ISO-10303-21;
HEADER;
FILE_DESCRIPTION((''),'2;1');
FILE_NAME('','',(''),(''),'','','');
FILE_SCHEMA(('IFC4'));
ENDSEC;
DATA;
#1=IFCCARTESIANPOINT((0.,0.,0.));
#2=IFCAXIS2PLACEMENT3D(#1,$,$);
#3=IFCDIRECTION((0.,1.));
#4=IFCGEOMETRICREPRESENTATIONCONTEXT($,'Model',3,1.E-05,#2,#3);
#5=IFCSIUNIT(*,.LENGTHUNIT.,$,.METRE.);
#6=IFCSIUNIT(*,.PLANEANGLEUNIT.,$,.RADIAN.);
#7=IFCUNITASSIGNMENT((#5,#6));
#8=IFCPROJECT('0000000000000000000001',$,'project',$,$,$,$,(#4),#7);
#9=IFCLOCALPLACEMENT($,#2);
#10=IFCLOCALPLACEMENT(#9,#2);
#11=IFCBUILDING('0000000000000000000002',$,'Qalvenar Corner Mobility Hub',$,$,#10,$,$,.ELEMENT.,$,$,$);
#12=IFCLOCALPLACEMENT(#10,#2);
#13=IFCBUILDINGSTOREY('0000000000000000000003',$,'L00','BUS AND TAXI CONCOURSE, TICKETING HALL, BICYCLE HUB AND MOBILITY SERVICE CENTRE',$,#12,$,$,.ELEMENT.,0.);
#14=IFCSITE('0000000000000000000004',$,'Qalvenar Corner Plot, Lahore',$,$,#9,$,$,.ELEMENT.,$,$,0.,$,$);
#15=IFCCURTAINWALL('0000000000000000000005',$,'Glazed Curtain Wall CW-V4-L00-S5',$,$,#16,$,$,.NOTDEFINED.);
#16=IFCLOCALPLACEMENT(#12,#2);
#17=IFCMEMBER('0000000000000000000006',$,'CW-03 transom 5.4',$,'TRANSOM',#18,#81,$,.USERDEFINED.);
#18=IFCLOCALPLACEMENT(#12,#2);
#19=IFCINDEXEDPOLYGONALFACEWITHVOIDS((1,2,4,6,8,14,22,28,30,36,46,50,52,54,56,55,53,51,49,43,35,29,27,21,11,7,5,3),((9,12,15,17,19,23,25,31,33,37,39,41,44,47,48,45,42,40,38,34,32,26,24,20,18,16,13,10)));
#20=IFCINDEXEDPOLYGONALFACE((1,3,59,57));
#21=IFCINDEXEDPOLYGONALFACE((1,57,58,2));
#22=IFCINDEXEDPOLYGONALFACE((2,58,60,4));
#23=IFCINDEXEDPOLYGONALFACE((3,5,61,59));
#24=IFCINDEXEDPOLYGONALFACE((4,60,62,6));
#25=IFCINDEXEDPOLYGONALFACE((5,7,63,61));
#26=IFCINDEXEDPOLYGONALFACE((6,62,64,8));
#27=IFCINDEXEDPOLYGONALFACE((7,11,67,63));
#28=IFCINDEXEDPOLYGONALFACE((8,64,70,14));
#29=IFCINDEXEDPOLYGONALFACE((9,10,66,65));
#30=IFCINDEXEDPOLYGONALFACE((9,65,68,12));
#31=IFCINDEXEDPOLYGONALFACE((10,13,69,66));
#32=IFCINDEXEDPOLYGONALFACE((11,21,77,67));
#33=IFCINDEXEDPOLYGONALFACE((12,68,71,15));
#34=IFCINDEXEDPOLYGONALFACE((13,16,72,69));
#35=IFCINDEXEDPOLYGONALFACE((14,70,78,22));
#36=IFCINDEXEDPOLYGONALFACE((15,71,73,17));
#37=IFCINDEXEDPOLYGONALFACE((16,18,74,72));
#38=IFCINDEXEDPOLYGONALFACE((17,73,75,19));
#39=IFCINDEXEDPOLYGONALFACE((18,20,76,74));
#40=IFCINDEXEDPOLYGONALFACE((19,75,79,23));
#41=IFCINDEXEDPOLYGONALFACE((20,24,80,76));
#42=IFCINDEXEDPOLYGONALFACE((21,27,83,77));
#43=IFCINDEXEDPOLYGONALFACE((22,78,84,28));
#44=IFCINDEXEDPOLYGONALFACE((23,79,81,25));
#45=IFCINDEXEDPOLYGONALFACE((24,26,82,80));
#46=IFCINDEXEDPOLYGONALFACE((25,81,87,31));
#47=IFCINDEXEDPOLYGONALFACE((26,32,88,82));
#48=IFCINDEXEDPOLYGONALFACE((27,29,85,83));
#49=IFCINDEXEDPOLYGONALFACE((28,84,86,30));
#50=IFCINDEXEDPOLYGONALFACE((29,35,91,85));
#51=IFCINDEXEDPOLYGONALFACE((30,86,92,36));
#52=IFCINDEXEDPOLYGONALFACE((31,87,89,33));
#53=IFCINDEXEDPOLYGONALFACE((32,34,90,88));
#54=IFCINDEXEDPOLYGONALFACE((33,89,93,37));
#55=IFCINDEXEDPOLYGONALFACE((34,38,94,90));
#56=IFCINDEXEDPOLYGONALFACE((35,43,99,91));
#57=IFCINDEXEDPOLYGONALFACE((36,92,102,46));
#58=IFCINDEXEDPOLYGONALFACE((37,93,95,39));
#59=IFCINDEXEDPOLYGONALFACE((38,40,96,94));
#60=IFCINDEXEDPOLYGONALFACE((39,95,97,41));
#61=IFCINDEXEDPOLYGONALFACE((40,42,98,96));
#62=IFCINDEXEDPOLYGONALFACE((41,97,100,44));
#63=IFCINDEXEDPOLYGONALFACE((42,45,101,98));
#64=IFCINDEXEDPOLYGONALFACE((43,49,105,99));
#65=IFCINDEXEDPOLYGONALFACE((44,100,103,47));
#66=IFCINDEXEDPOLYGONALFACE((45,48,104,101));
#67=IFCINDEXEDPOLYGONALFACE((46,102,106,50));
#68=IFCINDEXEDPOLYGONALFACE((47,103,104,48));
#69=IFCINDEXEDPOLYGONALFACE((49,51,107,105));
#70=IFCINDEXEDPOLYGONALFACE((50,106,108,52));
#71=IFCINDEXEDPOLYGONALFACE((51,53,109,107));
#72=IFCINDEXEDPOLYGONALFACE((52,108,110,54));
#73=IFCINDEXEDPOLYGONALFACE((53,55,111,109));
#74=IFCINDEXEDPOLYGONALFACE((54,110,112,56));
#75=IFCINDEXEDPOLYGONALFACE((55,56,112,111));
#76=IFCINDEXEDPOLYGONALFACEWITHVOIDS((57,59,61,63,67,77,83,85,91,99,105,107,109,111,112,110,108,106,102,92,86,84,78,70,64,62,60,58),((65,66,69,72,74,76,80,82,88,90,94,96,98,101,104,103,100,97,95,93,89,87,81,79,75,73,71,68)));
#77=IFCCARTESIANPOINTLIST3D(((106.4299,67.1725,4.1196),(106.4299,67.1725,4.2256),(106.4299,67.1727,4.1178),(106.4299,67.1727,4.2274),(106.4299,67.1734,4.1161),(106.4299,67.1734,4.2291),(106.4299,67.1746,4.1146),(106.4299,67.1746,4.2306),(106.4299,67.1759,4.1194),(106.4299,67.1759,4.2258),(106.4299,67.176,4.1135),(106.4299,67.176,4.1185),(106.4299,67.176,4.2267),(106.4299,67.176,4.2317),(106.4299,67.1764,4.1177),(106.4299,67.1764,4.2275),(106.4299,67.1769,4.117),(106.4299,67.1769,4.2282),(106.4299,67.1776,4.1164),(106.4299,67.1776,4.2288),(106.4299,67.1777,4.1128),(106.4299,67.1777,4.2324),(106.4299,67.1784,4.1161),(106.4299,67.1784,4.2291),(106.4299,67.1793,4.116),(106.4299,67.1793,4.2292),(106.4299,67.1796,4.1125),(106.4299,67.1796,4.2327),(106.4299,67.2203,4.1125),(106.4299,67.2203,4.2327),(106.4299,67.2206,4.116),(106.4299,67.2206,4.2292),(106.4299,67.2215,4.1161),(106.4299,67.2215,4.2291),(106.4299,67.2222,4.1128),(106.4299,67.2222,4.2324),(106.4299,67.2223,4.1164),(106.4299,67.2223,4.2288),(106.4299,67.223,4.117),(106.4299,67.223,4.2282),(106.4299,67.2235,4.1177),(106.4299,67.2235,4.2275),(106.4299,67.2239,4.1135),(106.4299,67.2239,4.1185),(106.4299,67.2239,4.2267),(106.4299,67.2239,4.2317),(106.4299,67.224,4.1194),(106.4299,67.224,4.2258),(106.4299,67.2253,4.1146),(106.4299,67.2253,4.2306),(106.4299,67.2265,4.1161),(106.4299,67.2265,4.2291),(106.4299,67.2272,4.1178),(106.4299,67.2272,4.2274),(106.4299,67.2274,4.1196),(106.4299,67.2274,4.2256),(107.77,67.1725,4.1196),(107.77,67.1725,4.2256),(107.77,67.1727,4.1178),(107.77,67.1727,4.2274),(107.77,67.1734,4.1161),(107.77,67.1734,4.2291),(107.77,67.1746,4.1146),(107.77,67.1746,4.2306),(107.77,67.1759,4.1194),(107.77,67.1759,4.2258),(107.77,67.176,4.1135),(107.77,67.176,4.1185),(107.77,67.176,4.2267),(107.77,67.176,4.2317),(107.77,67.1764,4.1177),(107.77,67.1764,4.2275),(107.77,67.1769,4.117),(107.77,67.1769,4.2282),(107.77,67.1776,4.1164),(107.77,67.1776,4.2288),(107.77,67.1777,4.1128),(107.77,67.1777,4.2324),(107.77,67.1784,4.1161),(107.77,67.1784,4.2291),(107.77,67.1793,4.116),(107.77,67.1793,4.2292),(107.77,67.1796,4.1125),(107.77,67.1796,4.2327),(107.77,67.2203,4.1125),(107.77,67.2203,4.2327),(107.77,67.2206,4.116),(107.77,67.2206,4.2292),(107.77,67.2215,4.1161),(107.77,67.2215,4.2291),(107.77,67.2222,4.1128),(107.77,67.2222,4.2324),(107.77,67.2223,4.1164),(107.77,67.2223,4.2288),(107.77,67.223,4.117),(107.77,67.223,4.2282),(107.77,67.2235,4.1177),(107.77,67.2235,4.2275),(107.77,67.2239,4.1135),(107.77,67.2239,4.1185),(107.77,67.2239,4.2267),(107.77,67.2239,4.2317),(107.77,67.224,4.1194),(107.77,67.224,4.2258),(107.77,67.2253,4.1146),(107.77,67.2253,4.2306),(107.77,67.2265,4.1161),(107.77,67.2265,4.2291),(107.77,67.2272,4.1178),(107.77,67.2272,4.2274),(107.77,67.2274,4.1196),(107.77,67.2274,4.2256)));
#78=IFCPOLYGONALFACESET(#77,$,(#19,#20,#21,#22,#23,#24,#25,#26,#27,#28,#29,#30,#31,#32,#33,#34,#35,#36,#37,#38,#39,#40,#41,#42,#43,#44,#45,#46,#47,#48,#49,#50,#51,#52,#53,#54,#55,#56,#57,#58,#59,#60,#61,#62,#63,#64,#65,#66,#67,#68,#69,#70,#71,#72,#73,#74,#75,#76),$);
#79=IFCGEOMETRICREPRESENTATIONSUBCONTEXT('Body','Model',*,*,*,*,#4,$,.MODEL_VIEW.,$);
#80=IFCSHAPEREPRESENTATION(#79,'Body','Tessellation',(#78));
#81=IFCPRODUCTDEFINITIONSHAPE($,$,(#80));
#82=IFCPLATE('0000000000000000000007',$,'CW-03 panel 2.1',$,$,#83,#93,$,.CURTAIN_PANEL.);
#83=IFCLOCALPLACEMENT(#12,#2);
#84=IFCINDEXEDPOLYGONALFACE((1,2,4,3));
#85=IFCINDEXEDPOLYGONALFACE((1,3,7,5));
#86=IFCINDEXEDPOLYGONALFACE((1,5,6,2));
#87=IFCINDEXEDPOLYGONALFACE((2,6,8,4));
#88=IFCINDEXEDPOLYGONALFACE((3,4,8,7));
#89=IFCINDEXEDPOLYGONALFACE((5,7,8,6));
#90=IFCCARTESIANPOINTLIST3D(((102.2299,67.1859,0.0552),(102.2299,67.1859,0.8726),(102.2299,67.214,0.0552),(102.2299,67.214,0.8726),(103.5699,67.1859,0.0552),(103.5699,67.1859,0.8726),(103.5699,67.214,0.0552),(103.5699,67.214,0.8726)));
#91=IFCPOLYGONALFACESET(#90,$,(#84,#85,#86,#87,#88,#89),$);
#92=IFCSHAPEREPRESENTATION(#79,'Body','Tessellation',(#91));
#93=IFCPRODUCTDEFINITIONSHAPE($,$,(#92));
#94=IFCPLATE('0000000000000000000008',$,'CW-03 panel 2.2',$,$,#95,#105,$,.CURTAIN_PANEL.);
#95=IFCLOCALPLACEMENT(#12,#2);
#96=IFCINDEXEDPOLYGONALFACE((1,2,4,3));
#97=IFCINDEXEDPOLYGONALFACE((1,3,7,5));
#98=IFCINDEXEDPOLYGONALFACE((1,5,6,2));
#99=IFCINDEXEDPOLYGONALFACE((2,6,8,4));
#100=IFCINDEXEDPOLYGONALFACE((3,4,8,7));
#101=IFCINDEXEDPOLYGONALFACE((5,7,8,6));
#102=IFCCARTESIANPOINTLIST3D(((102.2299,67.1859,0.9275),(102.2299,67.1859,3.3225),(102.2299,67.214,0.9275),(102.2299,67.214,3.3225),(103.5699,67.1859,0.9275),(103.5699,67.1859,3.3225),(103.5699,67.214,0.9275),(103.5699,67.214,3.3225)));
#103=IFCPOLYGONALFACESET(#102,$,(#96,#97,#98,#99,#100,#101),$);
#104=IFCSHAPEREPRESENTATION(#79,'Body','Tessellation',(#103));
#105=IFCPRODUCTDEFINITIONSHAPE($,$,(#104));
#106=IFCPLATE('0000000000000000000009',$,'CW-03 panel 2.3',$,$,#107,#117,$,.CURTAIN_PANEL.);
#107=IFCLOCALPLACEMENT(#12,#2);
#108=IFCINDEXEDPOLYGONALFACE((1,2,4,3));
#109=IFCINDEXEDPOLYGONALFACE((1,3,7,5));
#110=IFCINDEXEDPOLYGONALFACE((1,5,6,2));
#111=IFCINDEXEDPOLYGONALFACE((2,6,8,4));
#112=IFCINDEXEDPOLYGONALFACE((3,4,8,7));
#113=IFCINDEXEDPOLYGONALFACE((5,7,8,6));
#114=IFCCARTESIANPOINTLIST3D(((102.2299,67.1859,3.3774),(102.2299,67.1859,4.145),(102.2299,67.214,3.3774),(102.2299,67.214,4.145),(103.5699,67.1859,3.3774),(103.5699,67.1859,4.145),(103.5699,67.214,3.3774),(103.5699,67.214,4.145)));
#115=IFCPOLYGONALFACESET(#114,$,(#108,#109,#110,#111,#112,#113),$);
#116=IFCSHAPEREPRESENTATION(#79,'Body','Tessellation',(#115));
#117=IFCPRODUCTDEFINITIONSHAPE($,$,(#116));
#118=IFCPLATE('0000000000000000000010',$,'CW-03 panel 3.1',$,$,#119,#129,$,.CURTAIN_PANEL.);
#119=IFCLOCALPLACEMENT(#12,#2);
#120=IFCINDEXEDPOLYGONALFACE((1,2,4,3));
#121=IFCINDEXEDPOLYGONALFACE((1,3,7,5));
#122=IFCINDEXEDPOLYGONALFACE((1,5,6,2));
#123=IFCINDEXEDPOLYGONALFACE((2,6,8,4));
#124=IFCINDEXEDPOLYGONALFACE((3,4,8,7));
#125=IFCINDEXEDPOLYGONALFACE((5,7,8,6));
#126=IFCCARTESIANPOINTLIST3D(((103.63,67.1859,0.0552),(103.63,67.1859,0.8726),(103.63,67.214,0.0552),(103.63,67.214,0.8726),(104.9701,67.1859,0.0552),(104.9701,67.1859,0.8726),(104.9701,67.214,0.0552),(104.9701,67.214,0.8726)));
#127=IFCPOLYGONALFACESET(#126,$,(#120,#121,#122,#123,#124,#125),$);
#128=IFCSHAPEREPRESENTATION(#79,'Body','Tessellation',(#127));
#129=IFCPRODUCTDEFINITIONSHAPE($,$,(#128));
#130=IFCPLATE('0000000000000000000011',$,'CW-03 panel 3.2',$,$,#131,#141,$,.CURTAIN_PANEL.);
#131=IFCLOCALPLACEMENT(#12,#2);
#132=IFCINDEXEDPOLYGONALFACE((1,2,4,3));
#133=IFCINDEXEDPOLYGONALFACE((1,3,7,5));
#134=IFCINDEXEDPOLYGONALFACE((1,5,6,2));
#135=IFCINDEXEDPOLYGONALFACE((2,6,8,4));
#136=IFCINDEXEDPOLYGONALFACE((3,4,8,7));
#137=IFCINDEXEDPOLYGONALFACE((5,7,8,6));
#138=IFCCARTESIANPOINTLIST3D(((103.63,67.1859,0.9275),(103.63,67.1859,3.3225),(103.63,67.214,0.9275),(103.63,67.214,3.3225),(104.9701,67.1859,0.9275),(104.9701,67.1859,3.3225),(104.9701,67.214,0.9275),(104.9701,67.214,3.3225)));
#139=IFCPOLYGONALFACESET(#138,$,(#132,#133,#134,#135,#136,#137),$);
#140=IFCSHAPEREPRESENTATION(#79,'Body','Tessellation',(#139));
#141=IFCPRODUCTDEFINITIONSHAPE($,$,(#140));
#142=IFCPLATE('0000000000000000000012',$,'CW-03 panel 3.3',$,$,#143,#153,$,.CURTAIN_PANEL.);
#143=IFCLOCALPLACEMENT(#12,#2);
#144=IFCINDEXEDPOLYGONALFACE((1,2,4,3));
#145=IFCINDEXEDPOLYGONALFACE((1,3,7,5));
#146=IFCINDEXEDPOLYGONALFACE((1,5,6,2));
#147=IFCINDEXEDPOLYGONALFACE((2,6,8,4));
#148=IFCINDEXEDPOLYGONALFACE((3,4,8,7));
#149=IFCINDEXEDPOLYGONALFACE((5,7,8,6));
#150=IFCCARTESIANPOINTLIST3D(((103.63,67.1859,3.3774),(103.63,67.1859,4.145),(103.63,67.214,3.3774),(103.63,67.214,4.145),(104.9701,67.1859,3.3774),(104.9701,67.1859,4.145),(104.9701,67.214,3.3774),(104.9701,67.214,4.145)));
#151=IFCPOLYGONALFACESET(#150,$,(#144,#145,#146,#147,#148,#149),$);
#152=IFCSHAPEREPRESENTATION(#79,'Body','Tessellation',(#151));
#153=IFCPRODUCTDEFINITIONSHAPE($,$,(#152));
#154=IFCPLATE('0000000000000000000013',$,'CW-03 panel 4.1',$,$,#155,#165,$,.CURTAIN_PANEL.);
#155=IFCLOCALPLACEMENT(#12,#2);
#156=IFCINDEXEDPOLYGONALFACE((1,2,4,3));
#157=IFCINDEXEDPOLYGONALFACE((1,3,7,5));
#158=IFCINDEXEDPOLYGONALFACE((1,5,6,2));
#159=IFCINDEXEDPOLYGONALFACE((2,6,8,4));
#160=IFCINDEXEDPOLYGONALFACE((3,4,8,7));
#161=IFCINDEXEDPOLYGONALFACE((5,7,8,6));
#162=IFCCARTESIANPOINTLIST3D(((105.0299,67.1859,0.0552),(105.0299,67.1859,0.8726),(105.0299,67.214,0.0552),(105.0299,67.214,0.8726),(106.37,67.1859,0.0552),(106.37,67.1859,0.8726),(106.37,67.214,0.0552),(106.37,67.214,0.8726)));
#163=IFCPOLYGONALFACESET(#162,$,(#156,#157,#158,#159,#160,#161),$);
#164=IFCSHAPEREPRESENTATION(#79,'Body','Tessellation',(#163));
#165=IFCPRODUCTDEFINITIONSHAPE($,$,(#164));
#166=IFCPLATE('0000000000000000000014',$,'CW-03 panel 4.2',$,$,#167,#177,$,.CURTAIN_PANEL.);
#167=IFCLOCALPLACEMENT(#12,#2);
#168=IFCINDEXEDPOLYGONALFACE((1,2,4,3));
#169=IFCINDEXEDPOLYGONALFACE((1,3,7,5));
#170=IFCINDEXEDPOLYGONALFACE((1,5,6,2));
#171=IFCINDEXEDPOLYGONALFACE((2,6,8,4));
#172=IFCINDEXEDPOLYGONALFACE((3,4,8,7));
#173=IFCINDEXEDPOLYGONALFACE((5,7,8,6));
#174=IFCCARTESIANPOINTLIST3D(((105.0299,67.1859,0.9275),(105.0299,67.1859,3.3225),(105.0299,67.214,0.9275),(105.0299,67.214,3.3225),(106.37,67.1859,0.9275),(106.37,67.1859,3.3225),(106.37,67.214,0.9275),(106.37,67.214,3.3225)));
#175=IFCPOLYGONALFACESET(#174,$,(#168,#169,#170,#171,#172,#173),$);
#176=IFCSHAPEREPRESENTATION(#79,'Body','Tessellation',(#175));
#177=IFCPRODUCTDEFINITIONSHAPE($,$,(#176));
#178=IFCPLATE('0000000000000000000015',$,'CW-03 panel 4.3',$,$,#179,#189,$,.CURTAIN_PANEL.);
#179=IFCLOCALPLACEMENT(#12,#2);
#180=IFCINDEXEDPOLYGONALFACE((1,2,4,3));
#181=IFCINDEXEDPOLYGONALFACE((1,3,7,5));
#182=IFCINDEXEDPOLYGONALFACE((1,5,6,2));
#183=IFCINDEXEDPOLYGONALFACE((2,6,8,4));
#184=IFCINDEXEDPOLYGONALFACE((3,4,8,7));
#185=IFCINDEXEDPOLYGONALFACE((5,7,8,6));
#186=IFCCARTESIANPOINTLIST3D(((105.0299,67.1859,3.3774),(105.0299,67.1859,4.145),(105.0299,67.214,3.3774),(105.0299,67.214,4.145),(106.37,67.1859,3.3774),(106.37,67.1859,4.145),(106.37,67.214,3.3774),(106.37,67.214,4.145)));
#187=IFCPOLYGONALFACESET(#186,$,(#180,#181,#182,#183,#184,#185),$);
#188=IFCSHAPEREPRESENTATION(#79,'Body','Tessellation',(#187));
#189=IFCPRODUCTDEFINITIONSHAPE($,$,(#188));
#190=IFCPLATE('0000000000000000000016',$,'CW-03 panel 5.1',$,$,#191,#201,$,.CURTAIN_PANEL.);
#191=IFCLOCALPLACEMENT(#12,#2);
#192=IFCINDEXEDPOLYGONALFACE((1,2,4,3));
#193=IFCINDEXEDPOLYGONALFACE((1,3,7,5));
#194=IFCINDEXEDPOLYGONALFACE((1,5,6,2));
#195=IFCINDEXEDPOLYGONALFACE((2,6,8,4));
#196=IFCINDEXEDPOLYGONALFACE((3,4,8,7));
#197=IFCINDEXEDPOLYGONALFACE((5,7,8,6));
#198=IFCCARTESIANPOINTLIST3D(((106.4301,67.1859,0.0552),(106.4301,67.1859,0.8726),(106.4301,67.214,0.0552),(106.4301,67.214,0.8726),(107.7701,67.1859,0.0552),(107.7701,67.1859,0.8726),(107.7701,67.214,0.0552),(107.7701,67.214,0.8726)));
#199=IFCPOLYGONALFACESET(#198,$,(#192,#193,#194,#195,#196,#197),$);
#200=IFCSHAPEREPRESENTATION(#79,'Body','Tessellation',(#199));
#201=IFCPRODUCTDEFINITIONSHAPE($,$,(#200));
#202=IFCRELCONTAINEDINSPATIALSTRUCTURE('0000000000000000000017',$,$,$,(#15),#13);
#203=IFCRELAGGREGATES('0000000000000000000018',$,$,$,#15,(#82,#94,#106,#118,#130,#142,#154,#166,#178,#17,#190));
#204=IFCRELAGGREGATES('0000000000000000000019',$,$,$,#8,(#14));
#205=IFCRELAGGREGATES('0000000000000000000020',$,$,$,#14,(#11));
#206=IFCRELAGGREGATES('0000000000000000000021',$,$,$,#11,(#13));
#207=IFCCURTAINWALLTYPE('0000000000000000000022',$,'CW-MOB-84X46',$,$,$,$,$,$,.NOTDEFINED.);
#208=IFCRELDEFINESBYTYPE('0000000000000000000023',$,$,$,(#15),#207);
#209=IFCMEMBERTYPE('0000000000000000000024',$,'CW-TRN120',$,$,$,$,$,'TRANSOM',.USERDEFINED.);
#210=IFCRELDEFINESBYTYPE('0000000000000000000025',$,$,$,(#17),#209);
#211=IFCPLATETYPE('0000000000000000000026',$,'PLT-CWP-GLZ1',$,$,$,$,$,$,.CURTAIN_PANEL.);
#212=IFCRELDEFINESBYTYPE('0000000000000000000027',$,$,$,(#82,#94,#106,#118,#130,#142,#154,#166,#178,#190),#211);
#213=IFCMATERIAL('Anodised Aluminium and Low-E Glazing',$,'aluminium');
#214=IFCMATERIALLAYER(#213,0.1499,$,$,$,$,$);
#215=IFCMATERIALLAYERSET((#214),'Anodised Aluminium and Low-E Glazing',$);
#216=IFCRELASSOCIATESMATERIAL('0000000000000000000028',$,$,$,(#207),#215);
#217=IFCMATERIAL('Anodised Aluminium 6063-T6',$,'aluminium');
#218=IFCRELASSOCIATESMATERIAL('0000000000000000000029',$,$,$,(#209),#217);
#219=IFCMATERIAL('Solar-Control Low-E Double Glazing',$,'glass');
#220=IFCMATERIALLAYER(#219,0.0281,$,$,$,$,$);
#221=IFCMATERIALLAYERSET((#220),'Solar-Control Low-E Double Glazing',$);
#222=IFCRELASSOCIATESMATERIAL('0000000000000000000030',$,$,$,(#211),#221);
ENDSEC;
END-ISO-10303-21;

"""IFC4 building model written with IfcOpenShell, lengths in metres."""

from ifc_helpers import new_model, si_unit, direction, frame, origin, origin_2d, place, context, subcontext, project, spatial, rectangle, hollow_rectangle, extrude, material, layer, layer_set, material_profile, profile_set, type_object, element, aggregate, save


model = new_model("IFC4")

# Units and contexts
model_context = context("Model", 3, precision=1e-05, world=origin(), true_north=direction((0.0, 1.0)))
body_context = subcontext(model_context, "Body", "Model", "MODEL_VIEW")
ifc_project = project(units=[si_unit("LENGTHUNIT", "METRE"), si_unit("PLANEANGLEUNIT", "RADIAN")], contexts=[model_context])

# Site, building, storey
site_placement = place(None, origin())
site = spatial("IfcSite", under=ifc_project, at=site_placement, Name="Qalvenar Corner Plot, Lahore", CompositionType="ELEMENT", RefElevation=0.0)
building_placement = place(site_placement, origin())
building = spatial("IfcBuilding", under=site, at=building_placement, Name="Qalvenar Corner Mobility Hub", CompositionType="ELEMENT")
storey_placement = place(building_placement, origin())
storey = spatial("IfcBuildingStorey", under=building, at=storey_placement, Name="L00", Description="BUS AND TAXI CONCOURSE, TICKETING HALL, BICYCLE HUB AND MOBILITY SERVICE CENTRE", CompositionType="ELEMENT", Elevation=0.0)

# Curtain wall, member, plates
ifc_material_1 = material(Name="Anodised Aluminium and Low-E Glazing", Category="aluminium")
ifc_layer_1 = layer(ifc_material_1, 0.1499)
ifc_layer_set_1 = layer_set([ifc_layer_1], Name="Anodised Aluminium and Low-E Glazing")
curtain_wall_type = type_object("IfcCurtainWallType", Name="CW-MOB-84X46", PredefinedType="NOTDEFINED", material=ifc_layer_set_1)
curtain_wall_placement = place(storey_placement, origin())
curtain_wall = element("IfcCurtainWall", 1, at=curtain_wall_placement, inside=storey, type_object=curtain_wall_type, Name="Glazed Curtain Wall CW-V4-L00-S5", PredefinedType="NOTDEFINED")
ifc_material_2 = material(Name="Anodised Aluminium 6063-T6", Category="aluminium")
ifc_material_profile_1 = material_profile(ifc_material_2, hollow_rectangle(XDim=0.0549, YDim=0.1201, WallThickness=0.0034, InnerFilletRadius=0.0034, OuterFilletRadius=0.0071, at=origin_2d()), Name="RHS120x55x3.5")
ifc_profile_set_1 = profile_set([ifc_material_profile_1], Name="Anodised Aluminium 6063-T6")
member_type_1 = type_object("IfcMemberType", Name="CW-TRN120", ElementType="TRANSOM", PredefinedType="USERDEFINED", material=ifc_profile_set_1)
member_1_placement = place(storey_placement, frame((106.4299, 67.2, 4.1726), z_axis=(1.0, 0.0, 0.0), x_axis=(0.0, 1.0, 0.0)))
member_1 = element("IfcMember", 2, at=member_1_placement, type_object=member_type_1, Name="CW-03 transom 5.4", ObjectType="TRANSOM", PredefinedType="USERDEFINED", context=body_context, shape_type="SweptSolid", body=[
    extrude(hollow_rectangle(XDim=0.0549, YDim=0.1201, WallThickness=0.0034, InnerFilletRadius=0.0034, OuterFilletRadius=0.0071, at=origin_2d()), origin(), (0.0, 0.0, 1.0), 1.3401),
])
ifc_material_3 = material(Name="Solar-Control Low-E Double Glazing", Category="glass")
ifc_layer_2 = layer(ifc_material_3, 0.0281)
ifc_layer_set_2 = layer_set([ifc_layer_2], Name="Solar-Control Low-E Double Glazing")
plate_type = type_object("IfcPlateType", Name="PLT-CWP-GLZ1", PredefinedType="CURTAIN_PANEL", material=ifc_layer_set_2)
plate_1_placement = place(storey_placement, frame((102.8999, 67.2, 0.0552), z_axis=(0.0, 0.0, 1.0), x_axis=(1.0, 0.0, 0.0)))
plate_1 = element("IfcPlate", 3, at=plate_1_placement, type_object=plate_type, Name="CW-03 panel 2.1", PredefinedType="CURTAIN_PANEL", context=body_context, shape_type="SweptSolid", body=[
    extrude(rectangle(XDim=1.3401, YDim=0.0281, at=origin_2d()), origin(), (0.0, 0.0, 1.0), 0.8174),
])
plate_2_placement = place(storey_placement, frame((102.8999, 67.2, 0.9275), z_axis=(0.0, 0.0, 1.0), x_axis=(1.0, 0.0, 0.0)))
plate_2 = element("IfcPlate", 4, at=plate_2_placement, type_object=plate_type, Name="CW-03 panel 2.2", PredefinedType="CURTAIN_PANEL", context=body_context, shape_type="SweptSolid", body=[
    extrude(rectangle(XDim=1.3401, YDim=0.0281, at=origin_2d()), origin(), (0.0, 0.0, 1.0), 2.395),
])
plate_3_placement = place(storey_placement, frame((102.8999, 67.2, 3.3774), z_axis=(0.0, 0.0, 1.0), x_axis=(1.0, 0.0, 0.0)))
plate_3 = element("IfcPlate", 5, at=plate_3_placement, type_object=plate_type, Name="CW-03 panel 2.3", PredefinedType="CURTAIN_PANEL", context=body_context, shape_type="SweptSolid", body=[
    extrude(rectangle(XDim=1.3401, YDim=0.0281, at=origin_2d()), origin(), (0.0, 0.0, 1.0), 0.7676),
])
plate_4_placement = place(storey_placement, frame((104.3, 67.2, 0.0552), z_axis=(0.0, 0.0, 1.0), x_axis=(1.0, 0.0, 0.0)))
plate_4 = element("IfcPlate", 6, at=plate_4_placement, type_object=plate_type, Name="CW-03 panel 3.1", PredefinedType="CURTAIN_PANEL", context=body_context, shape_type="SweptSolid", body=[
    extrude(rectangle(XDim=1.3401, YDim=0.0281, at=origin_2d()), origin(), (0.0, 0.0, 1.0), 0.8174),
])
plate_5_placement = place(storey_placement, frame((104.3, 67.2, 0.9275), z_axis=(0.0, 0.0, 1.0), x_axis=(1.0, 0.0, 0.0)))
plate_5 = element("IfcPlate", 7, at=plate_5_placement, type_object=plate_type, Name="CW-03 panel 3.2", PredefinedType="CURTAIN_PANEL", context=body_context, shape_type="SweptSolid", body=[
    extrude(rectangle(XDim=1.3401, YDim=0.0281, at=origin_2d()), origin(), (0.0, 0.0, 1.0), 2.395),
])
plate_6_placement = place(storey_placement, frame((104.3, 67.2, 3.3774), z_axis=(0.0, 0.0, 1.0), x_axis=(1.0, 0.0, 0.0)))
plate_6 = element("IfcPlate", 8, at=plate_6_placement, type_object=plate_type, Name="CW-03 panel 3.3", PredefinedType="CURTAIN_PANEL", context=body_context, shape_type="SweptSolid", body=[
    extrude(rectangle(XDim=1.3401, YDim=0.0281, at=origin_2d()), origin(), (0.0, 0.0, 1.0), 0.7676),
])
plate_7_placement = place(storey_placement, frame((105.7, 67.2, 0.0552), z_axis=(0.0, 0.0, 1.0), x_axis=(1.0, 0.0, 0.0)))
plate_7 = element("IfcPlate", 9, at=plate_7_placement, type_object=plate_type, Name="CW-03 panel 4.1", PredefinedType="CURTAIN_PANEL", context=body_context, shape_type="SweptSolid", body=[
    extrude(rectangle(XDim=1.3401, YDim=0.0281, at=origin_2d()), origin(), (0.0, 0.0, 1.0), 0.8174),
])
plate_8_placement = place(storey_placement, frame((105.7, 67.2, 0.9275), z_axis=(0.0, 0.0, 1.0), x_axis=(1.0, 0.0, 0.0)))
plate_8 = element("IfcPlate", 10, at=plate_8_placement, type_object=plate_type, Name="CW-03 panel 4.2", PredefinedType="CURTAIN_PANEL", context=body_context, shape_type="SweptSolid", body=[
    extrude(rectangle(XDim=1.3401, YDim=0.0281, at=origin_2d()), origin(), (0.0, 0.0, 1.0), 2.395),
])
plate_9_placement = place(storey_placement, frame((105.7, 67.2, 3.3774), z_axis=(0.0, 0.0, 1.0), x_axis=(1.0, 0.0, 0.0)))
plate_9 = element("IfcPlate", 11, at=plate_9_placement, type_object=plate_type, Name="CW-03 panel 4.3", PredefinedType="CURTAIN_PANEL", context=body_context, shape_type="SweptSolid", body=[
    extrude(rectangle(XDim=1.3401, YDim=0.0281, at=origin_2d()), origin(), (0.0, 0.0, 1.0), 0.7676),
])
plate_10_placement = place(storey_placement, frame((107.1001, 67.2, 0.0552), z_axis=(0.0, 0.0, 1.0), x_axis=(1.0, 0.0, 0.0)))
plate_10 = element("IfcPlate", 12, at=plate_10_placement, type_object=plate_type, Name="CW-03 panel 5.1", PredefinedType="CURTAIN_PANEL", context=body_context, shape_type="SweptSolid", body=[
    extrude(rectangle(XDim=1.3401, YDim=0.0281, at=origin_2d()), origin(), (0.0, 0.0, 1.0), 0.8174),
])
aggregate(curtain_wall, [plate_1, plate_2, plate_3, plate_4, plate_5, plate_6, plate_7, plate_8, plate_9, member_1, plate_10])

save(model, "model.ifc")
